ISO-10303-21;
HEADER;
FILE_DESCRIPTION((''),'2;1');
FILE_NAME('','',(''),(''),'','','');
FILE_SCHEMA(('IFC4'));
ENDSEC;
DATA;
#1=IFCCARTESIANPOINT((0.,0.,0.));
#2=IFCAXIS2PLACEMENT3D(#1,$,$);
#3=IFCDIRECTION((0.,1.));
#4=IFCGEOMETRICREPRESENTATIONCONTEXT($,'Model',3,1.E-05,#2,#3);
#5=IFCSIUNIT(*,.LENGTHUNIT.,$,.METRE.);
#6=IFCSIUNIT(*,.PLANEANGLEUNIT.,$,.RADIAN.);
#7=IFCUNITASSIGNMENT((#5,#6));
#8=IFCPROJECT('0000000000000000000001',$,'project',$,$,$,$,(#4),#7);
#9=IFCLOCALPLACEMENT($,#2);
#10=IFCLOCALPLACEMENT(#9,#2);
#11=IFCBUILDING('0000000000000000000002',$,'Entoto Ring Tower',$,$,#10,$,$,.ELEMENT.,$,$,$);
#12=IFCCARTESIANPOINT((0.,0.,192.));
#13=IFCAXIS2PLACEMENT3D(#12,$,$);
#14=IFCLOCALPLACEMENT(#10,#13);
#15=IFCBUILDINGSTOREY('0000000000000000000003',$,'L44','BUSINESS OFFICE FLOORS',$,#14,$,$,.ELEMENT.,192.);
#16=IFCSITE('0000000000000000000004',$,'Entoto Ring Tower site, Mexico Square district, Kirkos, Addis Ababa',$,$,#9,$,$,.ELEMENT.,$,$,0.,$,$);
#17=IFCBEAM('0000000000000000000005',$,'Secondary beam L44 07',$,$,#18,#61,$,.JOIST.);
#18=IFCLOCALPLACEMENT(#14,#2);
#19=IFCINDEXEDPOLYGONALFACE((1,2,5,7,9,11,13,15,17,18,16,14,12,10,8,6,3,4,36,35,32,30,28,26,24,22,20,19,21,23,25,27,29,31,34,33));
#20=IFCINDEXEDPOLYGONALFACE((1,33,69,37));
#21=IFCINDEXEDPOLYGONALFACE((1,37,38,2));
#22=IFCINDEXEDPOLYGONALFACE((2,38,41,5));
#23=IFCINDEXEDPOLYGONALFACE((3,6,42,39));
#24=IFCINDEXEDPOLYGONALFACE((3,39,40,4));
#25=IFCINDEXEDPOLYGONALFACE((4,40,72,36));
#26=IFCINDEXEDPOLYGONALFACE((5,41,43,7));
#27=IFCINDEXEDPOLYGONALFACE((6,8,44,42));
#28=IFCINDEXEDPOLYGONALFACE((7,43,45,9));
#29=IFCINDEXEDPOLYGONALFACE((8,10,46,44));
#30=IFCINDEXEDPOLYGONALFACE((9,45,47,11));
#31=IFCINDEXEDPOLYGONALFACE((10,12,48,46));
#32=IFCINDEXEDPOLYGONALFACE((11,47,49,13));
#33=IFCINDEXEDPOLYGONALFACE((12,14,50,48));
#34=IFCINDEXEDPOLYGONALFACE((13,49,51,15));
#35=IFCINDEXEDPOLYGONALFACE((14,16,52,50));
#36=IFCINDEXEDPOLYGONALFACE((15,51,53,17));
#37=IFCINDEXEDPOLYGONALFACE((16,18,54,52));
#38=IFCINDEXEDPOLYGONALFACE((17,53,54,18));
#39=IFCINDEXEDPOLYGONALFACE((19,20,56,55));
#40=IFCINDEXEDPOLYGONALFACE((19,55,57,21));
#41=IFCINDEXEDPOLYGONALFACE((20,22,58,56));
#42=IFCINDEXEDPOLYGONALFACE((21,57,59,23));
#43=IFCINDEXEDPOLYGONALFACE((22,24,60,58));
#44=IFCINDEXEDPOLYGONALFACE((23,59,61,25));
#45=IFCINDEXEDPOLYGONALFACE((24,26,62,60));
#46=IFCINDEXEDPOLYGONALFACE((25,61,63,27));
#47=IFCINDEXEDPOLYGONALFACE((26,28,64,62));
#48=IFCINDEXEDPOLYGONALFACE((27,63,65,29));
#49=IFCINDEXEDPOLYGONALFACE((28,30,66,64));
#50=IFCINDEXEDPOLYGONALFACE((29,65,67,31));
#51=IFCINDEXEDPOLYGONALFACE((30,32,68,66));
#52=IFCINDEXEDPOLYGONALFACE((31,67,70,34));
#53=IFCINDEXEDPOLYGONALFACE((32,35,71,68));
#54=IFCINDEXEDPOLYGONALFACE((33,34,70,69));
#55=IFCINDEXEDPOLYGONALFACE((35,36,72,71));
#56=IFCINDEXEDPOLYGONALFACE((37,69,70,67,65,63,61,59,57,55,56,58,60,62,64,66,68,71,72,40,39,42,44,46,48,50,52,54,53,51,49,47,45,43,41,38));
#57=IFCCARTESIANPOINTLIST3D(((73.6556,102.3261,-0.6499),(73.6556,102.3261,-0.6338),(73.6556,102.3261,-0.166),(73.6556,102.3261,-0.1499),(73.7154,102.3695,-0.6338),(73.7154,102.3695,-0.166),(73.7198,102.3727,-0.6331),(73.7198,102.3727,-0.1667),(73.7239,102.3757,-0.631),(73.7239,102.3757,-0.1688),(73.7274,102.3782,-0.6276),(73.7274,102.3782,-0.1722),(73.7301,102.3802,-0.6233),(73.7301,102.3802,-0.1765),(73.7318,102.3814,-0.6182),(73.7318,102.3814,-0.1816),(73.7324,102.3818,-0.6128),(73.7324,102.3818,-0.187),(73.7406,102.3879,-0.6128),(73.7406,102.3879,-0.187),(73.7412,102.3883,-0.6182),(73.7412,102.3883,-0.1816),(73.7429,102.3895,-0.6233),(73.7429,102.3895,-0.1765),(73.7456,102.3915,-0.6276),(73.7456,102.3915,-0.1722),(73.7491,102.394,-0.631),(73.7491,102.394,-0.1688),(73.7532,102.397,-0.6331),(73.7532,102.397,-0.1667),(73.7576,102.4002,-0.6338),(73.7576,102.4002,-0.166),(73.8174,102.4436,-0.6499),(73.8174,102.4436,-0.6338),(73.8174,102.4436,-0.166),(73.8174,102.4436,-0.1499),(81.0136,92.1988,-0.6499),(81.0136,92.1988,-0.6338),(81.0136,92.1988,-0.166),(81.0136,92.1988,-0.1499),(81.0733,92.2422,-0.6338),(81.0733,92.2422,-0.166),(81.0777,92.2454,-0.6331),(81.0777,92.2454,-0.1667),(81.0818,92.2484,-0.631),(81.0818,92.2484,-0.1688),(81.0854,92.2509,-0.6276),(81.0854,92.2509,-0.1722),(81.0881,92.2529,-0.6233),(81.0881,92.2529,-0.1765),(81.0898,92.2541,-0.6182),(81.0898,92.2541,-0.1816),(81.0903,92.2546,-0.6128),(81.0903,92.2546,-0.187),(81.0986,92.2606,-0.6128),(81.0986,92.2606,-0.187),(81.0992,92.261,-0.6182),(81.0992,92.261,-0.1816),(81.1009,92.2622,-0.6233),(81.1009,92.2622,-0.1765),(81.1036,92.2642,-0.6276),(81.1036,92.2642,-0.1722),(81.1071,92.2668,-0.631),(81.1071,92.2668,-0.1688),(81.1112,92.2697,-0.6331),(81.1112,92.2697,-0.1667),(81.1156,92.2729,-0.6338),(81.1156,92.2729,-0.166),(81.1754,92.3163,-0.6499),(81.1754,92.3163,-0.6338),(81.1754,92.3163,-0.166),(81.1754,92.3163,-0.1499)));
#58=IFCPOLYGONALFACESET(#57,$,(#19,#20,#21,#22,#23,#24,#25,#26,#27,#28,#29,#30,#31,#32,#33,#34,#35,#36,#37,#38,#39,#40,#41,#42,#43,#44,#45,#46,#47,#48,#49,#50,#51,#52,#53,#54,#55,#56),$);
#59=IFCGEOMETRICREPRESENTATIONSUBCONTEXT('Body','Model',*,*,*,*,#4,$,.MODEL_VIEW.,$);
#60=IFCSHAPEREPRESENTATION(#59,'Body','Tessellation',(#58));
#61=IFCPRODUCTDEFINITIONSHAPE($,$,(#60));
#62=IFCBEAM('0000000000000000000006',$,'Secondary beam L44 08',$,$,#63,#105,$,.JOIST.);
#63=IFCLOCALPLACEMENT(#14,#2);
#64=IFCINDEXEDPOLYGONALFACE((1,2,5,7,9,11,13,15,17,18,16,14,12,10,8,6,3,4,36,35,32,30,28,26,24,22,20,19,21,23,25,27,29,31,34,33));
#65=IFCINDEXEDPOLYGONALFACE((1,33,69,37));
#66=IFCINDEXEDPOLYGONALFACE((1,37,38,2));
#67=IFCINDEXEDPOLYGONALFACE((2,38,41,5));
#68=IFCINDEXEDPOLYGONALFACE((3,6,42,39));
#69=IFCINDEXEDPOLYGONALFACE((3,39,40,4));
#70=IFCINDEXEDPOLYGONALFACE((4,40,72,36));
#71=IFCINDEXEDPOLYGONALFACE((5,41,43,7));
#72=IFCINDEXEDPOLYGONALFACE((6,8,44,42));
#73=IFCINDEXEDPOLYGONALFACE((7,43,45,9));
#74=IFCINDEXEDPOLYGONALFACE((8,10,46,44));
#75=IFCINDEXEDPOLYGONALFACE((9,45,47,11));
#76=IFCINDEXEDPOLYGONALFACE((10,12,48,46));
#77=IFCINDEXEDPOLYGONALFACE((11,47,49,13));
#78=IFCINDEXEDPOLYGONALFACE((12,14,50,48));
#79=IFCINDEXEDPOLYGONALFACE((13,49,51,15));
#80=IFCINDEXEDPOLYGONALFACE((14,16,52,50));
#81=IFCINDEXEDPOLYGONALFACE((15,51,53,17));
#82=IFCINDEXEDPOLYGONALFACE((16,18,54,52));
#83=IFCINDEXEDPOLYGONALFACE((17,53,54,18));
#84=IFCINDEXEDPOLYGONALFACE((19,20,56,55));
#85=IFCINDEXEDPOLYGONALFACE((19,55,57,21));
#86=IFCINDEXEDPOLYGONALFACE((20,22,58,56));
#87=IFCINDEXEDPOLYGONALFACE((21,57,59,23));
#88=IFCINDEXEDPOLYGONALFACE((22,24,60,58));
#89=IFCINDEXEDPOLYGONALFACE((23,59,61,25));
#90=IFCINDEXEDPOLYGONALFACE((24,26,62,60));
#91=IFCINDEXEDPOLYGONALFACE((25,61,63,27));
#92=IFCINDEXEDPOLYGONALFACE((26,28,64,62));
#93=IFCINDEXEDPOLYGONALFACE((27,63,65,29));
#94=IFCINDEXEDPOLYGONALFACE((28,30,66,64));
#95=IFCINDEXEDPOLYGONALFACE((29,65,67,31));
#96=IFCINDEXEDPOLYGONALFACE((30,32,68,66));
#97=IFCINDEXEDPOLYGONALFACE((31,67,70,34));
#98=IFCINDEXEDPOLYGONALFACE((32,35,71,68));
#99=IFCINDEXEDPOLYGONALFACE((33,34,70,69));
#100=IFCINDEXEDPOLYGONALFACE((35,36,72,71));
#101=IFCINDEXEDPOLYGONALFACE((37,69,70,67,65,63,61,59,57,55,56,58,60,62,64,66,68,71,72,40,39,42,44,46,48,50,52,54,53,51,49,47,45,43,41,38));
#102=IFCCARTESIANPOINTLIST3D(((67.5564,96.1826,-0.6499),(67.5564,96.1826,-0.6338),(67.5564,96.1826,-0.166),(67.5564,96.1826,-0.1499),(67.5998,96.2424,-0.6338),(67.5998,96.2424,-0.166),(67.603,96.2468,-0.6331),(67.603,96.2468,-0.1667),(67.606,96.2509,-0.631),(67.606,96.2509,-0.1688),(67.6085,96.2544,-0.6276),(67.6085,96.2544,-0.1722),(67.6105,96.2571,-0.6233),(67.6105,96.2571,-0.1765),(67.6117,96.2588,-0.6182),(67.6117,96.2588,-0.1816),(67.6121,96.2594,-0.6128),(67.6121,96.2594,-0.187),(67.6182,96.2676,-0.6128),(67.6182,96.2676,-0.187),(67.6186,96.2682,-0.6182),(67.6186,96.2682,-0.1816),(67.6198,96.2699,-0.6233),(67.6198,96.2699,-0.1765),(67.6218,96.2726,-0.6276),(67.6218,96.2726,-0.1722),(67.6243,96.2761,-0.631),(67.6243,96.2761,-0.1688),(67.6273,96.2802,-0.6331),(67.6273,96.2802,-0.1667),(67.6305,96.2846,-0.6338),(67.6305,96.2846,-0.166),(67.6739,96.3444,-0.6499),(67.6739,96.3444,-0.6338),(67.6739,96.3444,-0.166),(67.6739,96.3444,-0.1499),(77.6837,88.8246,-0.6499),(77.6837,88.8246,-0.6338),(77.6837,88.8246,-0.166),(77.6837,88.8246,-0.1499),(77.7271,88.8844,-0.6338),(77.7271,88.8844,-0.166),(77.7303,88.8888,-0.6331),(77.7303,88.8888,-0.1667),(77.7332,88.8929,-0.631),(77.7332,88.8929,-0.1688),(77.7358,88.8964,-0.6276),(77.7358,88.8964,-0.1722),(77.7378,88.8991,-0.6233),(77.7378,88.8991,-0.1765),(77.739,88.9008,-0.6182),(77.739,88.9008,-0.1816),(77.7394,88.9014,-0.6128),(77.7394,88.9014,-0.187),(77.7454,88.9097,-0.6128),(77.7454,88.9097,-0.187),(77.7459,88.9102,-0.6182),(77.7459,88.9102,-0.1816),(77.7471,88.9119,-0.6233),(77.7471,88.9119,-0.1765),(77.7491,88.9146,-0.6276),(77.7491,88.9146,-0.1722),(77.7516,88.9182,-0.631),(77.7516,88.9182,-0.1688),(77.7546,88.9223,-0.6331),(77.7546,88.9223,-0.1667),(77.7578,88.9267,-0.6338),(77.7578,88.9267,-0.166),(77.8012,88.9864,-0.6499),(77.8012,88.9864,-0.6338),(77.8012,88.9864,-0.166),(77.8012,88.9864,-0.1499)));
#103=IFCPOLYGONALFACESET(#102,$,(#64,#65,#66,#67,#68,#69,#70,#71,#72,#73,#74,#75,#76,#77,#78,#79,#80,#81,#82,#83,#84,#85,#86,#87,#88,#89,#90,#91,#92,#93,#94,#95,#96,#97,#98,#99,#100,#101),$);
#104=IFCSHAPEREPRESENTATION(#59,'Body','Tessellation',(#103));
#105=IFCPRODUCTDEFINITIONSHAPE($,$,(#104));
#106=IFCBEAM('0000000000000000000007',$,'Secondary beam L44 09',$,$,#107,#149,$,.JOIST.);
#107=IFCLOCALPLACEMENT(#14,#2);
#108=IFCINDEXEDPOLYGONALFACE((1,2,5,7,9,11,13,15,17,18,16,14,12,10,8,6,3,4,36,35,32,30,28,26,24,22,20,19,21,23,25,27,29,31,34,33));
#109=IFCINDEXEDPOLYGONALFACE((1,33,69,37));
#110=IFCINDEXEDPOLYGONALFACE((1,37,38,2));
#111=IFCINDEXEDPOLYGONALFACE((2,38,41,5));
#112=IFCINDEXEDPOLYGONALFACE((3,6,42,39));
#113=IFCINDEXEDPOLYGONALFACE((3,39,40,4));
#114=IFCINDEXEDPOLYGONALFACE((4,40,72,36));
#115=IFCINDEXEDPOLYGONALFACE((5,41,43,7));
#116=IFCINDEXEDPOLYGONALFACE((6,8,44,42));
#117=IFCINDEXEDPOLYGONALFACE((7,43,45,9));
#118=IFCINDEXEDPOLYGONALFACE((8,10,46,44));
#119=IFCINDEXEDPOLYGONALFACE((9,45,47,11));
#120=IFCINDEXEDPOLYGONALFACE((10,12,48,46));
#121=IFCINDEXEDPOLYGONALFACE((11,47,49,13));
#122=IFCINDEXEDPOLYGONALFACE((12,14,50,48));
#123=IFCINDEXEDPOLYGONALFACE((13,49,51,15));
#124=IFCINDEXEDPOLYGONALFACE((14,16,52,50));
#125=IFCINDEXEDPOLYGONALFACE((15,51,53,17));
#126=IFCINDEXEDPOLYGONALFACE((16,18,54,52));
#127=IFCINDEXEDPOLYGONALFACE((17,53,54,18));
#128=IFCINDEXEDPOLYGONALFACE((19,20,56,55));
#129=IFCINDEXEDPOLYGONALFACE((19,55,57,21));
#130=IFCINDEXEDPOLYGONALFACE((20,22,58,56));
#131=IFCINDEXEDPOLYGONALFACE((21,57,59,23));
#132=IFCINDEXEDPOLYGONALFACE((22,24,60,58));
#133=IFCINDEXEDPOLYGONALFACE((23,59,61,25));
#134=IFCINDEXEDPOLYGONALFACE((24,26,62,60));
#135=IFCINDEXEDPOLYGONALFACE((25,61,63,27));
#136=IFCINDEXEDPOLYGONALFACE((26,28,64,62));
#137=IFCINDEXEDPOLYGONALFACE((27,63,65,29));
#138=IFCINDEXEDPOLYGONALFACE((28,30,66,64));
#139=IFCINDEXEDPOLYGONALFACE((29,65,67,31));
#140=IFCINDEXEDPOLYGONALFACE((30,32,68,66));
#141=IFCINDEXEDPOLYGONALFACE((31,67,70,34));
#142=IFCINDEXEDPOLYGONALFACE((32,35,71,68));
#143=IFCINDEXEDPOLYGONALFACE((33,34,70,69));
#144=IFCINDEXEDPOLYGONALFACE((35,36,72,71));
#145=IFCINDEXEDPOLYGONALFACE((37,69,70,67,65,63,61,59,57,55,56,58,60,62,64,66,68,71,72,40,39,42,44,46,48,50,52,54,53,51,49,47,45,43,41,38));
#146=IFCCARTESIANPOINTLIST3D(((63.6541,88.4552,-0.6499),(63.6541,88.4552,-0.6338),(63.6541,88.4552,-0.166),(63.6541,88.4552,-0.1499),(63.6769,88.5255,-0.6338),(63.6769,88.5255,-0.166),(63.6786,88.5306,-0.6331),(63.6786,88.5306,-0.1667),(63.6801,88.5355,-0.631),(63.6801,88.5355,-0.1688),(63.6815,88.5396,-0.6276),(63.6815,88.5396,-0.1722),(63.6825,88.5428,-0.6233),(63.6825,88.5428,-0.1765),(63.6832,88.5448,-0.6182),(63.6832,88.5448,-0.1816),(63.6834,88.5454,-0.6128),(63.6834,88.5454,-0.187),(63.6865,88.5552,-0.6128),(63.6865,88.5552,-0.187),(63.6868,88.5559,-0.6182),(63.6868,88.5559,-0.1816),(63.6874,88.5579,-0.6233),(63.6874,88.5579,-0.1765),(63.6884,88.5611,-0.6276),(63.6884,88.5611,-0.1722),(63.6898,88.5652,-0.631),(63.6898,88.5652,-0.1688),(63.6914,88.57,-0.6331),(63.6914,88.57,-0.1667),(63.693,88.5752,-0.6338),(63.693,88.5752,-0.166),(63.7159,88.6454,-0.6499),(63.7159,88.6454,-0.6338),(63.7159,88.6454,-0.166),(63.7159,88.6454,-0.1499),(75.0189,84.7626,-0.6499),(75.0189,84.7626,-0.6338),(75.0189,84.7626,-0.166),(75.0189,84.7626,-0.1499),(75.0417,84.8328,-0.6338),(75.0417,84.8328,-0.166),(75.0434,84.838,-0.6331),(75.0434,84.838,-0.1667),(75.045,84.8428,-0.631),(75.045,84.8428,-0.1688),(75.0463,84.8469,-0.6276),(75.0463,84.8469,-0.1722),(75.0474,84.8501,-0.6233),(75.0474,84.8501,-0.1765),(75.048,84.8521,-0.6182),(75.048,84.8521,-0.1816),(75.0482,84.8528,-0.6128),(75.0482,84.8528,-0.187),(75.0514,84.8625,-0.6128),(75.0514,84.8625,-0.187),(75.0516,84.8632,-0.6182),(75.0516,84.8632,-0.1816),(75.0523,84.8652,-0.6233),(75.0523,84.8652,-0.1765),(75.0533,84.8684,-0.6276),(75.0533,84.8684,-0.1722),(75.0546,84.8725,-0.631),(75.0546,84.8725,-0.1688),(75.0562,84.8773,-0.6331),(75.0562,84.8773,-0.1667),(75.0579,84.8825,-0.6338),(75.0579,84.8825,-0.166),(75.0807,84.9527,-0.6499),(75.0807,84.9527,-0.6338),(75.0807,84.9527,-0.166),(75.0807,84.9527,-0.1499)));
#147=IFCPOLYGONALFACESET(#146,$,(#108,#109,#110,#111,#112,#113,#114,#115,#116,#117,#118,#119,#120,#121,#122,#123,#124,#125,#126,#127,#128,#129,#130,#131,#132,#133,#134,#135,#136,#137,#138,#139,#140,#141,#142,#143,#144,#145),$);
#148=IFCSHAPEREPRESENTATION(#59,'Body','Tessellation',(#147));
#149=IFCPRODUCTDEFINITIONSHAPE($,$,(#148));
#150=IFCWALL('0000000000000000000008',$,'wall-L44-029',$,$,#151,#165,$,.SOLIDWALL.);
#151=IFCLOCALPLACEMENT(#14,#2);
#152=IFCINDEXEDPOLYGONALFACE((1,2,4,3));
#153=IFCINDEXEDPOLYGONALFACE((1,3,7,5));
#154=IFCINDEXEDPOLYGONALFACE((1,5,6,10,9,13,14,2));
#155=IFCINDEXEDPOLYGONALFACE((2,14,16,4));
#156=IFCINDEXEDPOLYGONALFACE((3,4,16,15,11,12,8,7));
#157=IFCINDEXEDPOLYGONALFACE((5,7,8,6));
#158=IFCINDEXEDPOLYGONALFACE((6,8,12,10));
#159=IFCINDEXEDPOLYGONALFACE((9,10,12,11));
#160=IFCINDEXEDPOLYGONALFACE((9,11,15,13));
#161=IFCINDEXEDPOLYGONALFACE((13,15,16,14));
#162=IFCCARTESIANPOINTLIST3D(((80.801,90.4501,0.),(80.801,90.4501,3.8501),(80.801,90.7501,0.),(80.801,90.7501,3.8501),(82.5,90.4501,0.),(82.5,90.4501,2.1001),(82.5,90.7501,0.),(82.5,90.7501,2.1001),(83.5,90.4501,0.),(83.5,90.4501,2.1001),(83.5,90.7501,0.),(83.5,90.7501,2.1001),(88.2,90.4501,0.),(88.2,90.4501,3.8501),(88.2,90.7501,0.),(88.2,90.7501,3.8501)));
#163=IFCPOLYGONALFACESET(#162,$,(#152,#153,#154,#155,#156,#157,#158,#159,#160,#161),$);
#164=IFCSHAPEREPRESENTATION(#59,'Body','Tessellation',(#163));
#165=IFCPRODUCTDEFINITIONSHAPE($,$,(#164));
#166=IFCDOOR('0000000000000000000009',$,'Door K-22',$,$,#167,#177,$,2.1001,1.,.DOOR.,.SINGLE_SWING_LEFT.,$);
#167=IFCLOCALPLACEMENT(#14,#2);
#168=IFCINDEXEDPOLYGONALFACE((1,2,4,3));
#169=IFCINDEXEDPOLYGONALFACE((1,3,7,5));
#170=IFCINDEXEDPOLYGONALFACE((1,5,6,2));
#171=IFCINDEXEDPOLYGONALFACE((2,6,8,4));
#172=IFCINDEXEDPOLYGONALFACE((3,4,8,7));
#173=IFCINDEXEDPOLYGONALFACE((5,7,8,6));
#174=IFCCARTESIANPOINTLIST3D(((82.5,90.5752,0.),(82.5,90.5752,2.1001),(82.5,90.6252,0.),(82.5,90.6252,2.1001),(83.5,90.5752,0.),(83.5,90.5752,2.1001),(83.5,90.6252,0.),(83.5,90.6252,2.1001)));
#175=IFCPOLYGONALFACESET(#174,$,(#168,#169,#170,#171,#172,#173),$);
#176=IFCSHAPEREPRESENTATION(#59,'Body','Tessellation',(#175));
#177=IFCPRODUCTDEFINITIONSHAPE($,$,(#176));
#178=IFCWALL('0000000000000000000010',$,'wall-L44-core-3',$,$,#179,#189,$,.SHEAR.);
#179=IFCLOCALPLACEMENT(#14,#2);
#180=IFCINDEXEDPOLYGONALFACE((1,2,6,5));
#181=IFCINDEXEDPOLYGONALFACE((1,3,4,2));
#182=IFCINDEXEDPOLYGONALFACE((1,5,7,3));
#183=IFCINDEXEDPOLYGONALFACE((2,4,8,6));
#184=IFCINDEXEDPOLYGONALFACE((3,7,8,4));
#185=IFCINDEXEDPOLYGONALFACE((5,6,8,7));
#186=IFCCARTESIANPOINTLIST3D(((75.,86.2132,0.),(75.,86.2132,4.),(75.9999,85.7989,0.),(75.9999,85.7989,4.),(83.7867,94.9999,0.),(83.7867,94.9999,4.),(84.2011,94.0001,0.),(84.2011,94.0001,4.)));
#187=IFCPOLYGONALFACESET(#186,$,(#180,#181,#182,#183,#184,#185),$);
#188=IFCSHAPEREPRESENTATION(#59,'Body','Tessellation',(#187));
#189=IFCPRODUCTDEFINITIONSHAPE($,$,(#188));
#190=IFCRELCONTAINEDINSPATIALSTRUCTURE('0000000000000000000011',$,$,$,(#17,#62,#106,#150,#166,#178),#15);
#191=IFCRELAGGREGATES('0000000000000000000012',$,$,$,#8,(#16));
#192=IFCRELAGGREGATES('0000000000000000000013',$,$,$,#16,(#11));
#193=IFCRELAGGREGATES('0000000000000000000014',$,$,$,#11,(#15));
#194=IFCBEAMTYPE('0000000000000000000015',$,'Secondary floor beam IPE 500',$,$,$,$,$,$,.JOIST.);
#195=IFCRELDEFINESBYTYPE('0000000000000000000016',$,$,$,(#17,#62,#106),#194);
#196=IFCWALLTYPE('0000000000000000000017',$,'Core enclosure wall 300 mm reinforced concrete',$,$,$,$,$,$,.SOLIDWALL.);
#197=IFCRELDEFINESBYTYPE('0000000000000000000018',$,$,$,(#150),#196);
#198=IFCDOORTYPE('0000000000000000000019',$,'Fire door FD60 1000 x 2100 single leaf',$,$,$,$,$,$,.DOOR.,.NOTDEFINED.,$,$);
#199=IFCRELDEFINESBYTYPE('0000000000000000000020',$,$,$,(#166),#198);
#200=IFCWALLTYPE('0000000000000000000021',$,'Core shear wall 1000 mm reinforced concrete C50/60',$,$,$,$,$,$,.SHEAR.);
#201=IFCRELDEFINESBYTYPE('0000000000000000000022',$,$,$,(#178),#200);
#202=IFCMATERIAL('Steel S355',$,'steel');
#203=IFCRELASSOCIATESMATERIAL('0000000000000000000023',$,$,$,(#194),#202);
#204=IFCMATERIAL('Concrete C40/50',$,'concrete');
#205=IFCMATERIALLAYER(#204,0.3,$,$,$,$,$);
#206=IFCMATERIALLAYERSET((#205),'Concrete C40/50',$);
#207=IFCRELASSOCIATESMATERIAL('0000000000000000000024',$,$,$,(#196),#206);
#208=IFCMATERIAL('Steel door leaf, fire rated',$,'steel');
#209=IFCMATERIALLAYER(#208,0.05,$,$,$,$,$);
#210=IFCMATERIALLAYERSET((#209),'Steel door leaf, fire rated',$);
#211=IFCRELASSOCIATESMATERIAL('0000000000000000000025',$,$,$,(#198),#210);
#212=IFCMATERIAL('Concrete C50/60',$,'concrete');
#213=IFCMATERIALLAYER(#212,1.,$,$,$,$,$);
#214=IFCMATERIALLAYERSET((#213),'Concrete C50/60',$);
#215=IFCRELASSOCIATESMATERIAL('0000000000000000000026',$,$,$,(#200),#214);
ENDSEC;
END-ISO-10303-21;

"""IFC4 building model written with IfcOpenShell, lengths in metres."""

from ifc_helpers import new_model, si_unit, direction, frame, frame_2d, origin, origin_2d, place, context, subcontext, project, spatial, polyline, rectangle, i_section, outline, extrude, material, layer, layer_set, material_profile, profile_set, type_object, element, fill, save


model = new_model("IFC4")

# Units and contexts
model_context = context("Model", 3, precision=1e-05, world=origin(), true_north=direction((0.0, 1.0)))
body_context = subcontext(model_context, "Body", "Model", "MODEL_VIEW")
ifc_project = project(units=[si_unit("LENGTHUNIT", "METRE"), si_unit("PLANEANGLEUNIT", "RADIAN")], contexts=[model_context])

# Site, building, storey
site_placement = place(None, origin())
site = spatial("IfcSite", under=ifc_project, at=site_placement, Name="Entoto Ring Tower site, Mexico Square district, Kirkos, Addis Ababa", CompositionType="ELEMENT", RefElevation=0.0)
building_placement = place(site_placement, origin())
building = spatial("IfcBuilding", under=site, at=building_placement, Name="Entoto Ring Tower", CompositionType="ELEMENT")
storey_placement = place(building_placement, frame((0.0, 0.0, 192.0)))
storey = spatial("IfcBuildingStorey", under=building, at=storey_placement, Name="L44", Description="BUSINESS OFFICE FLOORS", CompositionType="ELEMENT", Elevation=192.0)

# Beams
ifc_material_1 = material(Name="Steel S355", Category="steel")
ifc_material_profile_1 = material_profile(ifc_material_1, i_section(OverallWidth=0.2, OverallDepth=0.5, WebThickness=0.0103, FlangeThickness=0.0161, FilletRadius=0.021, at=origin_2d()), Name="IPE 500")
ifc_profile_set_1 = profile_set([ifc_material_profile_1], Name="Steel S355")
beam_type_1 = type_object("IfcBeamType", Name="Secondary floor beam IPE 500", PredefinedType="JOIST", material=ifc_profile_set_1)
for number, where, z_axis, x_axis, name in (
    (1, (81.0945, 92.2576, -0.3999), (-0.587789, 0.809014, 0.0), (-0.809014, -0.587789, 0.0), "Secondary beam L44 07"),
    (2, (77.7424, 88.9055, -0.3999), (-0.809014, 0.587789, 0.0), (-0.587789, -0.809014, 0.0), "Secondary beam L44 08"),
):
    element("IfcBeam", number, at=place(storey_placement, frame(where, z_axis=z_axis, x_axis=x_axis)), inside=storey, type_object=beam_type_1, Name=name, PredefinedType="JOIST", context=body_context, shape_type="SweptSolid", body=[
        extrude(i_section(OverallWidth=0.2, OverallDepth=0.5, WebThickness=0.0103, FlangeThickness=0.0161, FilletRadius=0.021, at=origin_2d()), origin(), (0.0, 0.0, 1.0), 12.5181),
    ])
beam_1_placement = place(storey_placement, frame((75.0498, 84.8577, -0.3999), z_axis=(-0.951057, 0.309017, 0.0), x_axis=(-0.309017, -0.951057, 0.0)))
element("IfcBeam", 3, at=beam_1_placement, inside=storey, type_object=beam_type_1, Name="Secondary beam L44 09", PredefinedType="JOIST", context=body_context, shape_type="SweptSolid", body=[
    extrude(i_section(OverallWidth=0.2, OverallDepth=0.5, WebThickness=0.0103, FlangeThickness=0.0161, FilletRadius=0.021, at=origin_2d()), origin(), (0.0, 0.0, 1.0), 11.9497),
])

# Wall, opening, door
ifc_material_2 = material(Name="Concrete C40/50", Category="concrete")
ifc_layer_1 = layer(ifc_material_2, 0.3)
ifc_layer_set_1 = layer_set([ifc_layer_1], Name="Concrete C40/50")
wall_type_1 = type_object("IfcWallType", Name="Core enclosure wall 300 mm reinforced concrete", PredefinedType="SOLIDWALL", material=ifc_layer_set_1)
wall_1_placement = place(storey_placement, frame((80.801, 90.6001, 0.0), z_axis=(0.0, 0.0, 1.0), x_axis=(1.0, 0.0, 0.0)))
wall_1 = element("IfcWall", 4, at=wall_1_placement, inside=storey, type_object=wall_type_1, Name="wall-L44-029", PredefinedType="SOLIDWALL", context=body_context, shape_type="SweptSolid", body=[
    extrude(rectangle(XDim=7.3989, YDim=0.3, at=frame_2d((3.6995, 0.0))), origin(), (0.0, 0.0, 1.0), 3.8501),
])
opening_1_placement = place(wall_1_placement, frame((1.699, 0.0, 0.0)))
opening_1 = element("IfcOpeningElement", 5, at=opening_1_placement, cuts=wall_1, PredefinedType="OPENING", context=body_context, shape_type="SweptSolid", body=[
    extrude(rectangle(XDim=1.0, YDim=2.1001, at=frame_2d((0.5, 1.05))), frame((0.0, 0.1602, 0.0), z_axis=(0.0, -1.0, 0.0), x_axis=(1.0, 0.0, 0.0)), (0.0, 0.0, 1.0), 0.3201),
])
ifc_material_3 = material(Name="Steel door leaf, fire rated", Category="steel")
ifc_layer_2 = layer(ifc_material_3, 0.05)
ifc_layer_set_2 = layer_set([ifc_layer_2], Name="Steel door leaf, fire rated")
door_type_1 = type_object("IfcDoorType", Name="Fire door FD60 1000 x 2100 single leaf", OperationType="NOTDEFINED", PredefinedType="DOOR", material=ifc_layer_set_2)
door_1_placement = place(opening_1_placement, frame((1.0, 0.0, 0.0), z_axis=(0.0, 0.0, 1.0), x_axis=(-1.0, 0.0, 0.0)))
door_1 = element("IfcDoor", 6, at=door_1_placement, inside=storey, type_object=door_type_1, Name="Door K-22", OperationType="SINGLE_SWING_LEFT", OverallHeight=2.1001, OverallWidth=1.0, PredefinedType="DOOR", context=body_context, shape_type="SweptSolid", body=[
    extrude(rectangle(XDim=1.0, YDim=2.1001, at=frame_2d((0.5, 1.05))), frame((0.0, 0.0249, 0.0), z_axis=(0.0, -1.0, 0.0), x_axis=(1.0, 0.0, 0.0)), (0.0, 0.0, 1.0), 0.05),
])
fill(opening_1, door_1)

# Wall
ifc_material_4 = material(Name="Concrete C50/60", Category="concrete")
ifc_layer_3 = layer(ifc_material_4, 1.0)
ifc_layer_set_3 = layer_set([ifc_layer_3], Name="Concrete C50/60")
wall_type_2 = type_object("IfcWallType", Name="Core shear wall 1000 mm reinforced concrete C50/60", PredefinedType="SHEAR", material=ifc_layer_set_3)
wall_2_placement = place(storey_placement, frame((83.9939, 94.5, 0.0), z_axis=(0.0, 0.0, 1.0), x_axis=(-0.707107, -0.707107, 0.0)))
element("IfcWall", 7, at=wall_2_placement, inside=storey, type_object=wall_type_2, Name="wall-L44-core-3", PredefinedType="SHEAR", context=body_context, shape_type="SweptSolid", body=[
    extrude(outline(polyline([(-0.207, -0.5), (12.2192, -0.5), (11.8052, 0.5), (0.207, 0.5), (-0.207, -0.5)])), origin(), (0.0, 0.0, 1.0), 4.0),
])

save(model, "model.ifc")
